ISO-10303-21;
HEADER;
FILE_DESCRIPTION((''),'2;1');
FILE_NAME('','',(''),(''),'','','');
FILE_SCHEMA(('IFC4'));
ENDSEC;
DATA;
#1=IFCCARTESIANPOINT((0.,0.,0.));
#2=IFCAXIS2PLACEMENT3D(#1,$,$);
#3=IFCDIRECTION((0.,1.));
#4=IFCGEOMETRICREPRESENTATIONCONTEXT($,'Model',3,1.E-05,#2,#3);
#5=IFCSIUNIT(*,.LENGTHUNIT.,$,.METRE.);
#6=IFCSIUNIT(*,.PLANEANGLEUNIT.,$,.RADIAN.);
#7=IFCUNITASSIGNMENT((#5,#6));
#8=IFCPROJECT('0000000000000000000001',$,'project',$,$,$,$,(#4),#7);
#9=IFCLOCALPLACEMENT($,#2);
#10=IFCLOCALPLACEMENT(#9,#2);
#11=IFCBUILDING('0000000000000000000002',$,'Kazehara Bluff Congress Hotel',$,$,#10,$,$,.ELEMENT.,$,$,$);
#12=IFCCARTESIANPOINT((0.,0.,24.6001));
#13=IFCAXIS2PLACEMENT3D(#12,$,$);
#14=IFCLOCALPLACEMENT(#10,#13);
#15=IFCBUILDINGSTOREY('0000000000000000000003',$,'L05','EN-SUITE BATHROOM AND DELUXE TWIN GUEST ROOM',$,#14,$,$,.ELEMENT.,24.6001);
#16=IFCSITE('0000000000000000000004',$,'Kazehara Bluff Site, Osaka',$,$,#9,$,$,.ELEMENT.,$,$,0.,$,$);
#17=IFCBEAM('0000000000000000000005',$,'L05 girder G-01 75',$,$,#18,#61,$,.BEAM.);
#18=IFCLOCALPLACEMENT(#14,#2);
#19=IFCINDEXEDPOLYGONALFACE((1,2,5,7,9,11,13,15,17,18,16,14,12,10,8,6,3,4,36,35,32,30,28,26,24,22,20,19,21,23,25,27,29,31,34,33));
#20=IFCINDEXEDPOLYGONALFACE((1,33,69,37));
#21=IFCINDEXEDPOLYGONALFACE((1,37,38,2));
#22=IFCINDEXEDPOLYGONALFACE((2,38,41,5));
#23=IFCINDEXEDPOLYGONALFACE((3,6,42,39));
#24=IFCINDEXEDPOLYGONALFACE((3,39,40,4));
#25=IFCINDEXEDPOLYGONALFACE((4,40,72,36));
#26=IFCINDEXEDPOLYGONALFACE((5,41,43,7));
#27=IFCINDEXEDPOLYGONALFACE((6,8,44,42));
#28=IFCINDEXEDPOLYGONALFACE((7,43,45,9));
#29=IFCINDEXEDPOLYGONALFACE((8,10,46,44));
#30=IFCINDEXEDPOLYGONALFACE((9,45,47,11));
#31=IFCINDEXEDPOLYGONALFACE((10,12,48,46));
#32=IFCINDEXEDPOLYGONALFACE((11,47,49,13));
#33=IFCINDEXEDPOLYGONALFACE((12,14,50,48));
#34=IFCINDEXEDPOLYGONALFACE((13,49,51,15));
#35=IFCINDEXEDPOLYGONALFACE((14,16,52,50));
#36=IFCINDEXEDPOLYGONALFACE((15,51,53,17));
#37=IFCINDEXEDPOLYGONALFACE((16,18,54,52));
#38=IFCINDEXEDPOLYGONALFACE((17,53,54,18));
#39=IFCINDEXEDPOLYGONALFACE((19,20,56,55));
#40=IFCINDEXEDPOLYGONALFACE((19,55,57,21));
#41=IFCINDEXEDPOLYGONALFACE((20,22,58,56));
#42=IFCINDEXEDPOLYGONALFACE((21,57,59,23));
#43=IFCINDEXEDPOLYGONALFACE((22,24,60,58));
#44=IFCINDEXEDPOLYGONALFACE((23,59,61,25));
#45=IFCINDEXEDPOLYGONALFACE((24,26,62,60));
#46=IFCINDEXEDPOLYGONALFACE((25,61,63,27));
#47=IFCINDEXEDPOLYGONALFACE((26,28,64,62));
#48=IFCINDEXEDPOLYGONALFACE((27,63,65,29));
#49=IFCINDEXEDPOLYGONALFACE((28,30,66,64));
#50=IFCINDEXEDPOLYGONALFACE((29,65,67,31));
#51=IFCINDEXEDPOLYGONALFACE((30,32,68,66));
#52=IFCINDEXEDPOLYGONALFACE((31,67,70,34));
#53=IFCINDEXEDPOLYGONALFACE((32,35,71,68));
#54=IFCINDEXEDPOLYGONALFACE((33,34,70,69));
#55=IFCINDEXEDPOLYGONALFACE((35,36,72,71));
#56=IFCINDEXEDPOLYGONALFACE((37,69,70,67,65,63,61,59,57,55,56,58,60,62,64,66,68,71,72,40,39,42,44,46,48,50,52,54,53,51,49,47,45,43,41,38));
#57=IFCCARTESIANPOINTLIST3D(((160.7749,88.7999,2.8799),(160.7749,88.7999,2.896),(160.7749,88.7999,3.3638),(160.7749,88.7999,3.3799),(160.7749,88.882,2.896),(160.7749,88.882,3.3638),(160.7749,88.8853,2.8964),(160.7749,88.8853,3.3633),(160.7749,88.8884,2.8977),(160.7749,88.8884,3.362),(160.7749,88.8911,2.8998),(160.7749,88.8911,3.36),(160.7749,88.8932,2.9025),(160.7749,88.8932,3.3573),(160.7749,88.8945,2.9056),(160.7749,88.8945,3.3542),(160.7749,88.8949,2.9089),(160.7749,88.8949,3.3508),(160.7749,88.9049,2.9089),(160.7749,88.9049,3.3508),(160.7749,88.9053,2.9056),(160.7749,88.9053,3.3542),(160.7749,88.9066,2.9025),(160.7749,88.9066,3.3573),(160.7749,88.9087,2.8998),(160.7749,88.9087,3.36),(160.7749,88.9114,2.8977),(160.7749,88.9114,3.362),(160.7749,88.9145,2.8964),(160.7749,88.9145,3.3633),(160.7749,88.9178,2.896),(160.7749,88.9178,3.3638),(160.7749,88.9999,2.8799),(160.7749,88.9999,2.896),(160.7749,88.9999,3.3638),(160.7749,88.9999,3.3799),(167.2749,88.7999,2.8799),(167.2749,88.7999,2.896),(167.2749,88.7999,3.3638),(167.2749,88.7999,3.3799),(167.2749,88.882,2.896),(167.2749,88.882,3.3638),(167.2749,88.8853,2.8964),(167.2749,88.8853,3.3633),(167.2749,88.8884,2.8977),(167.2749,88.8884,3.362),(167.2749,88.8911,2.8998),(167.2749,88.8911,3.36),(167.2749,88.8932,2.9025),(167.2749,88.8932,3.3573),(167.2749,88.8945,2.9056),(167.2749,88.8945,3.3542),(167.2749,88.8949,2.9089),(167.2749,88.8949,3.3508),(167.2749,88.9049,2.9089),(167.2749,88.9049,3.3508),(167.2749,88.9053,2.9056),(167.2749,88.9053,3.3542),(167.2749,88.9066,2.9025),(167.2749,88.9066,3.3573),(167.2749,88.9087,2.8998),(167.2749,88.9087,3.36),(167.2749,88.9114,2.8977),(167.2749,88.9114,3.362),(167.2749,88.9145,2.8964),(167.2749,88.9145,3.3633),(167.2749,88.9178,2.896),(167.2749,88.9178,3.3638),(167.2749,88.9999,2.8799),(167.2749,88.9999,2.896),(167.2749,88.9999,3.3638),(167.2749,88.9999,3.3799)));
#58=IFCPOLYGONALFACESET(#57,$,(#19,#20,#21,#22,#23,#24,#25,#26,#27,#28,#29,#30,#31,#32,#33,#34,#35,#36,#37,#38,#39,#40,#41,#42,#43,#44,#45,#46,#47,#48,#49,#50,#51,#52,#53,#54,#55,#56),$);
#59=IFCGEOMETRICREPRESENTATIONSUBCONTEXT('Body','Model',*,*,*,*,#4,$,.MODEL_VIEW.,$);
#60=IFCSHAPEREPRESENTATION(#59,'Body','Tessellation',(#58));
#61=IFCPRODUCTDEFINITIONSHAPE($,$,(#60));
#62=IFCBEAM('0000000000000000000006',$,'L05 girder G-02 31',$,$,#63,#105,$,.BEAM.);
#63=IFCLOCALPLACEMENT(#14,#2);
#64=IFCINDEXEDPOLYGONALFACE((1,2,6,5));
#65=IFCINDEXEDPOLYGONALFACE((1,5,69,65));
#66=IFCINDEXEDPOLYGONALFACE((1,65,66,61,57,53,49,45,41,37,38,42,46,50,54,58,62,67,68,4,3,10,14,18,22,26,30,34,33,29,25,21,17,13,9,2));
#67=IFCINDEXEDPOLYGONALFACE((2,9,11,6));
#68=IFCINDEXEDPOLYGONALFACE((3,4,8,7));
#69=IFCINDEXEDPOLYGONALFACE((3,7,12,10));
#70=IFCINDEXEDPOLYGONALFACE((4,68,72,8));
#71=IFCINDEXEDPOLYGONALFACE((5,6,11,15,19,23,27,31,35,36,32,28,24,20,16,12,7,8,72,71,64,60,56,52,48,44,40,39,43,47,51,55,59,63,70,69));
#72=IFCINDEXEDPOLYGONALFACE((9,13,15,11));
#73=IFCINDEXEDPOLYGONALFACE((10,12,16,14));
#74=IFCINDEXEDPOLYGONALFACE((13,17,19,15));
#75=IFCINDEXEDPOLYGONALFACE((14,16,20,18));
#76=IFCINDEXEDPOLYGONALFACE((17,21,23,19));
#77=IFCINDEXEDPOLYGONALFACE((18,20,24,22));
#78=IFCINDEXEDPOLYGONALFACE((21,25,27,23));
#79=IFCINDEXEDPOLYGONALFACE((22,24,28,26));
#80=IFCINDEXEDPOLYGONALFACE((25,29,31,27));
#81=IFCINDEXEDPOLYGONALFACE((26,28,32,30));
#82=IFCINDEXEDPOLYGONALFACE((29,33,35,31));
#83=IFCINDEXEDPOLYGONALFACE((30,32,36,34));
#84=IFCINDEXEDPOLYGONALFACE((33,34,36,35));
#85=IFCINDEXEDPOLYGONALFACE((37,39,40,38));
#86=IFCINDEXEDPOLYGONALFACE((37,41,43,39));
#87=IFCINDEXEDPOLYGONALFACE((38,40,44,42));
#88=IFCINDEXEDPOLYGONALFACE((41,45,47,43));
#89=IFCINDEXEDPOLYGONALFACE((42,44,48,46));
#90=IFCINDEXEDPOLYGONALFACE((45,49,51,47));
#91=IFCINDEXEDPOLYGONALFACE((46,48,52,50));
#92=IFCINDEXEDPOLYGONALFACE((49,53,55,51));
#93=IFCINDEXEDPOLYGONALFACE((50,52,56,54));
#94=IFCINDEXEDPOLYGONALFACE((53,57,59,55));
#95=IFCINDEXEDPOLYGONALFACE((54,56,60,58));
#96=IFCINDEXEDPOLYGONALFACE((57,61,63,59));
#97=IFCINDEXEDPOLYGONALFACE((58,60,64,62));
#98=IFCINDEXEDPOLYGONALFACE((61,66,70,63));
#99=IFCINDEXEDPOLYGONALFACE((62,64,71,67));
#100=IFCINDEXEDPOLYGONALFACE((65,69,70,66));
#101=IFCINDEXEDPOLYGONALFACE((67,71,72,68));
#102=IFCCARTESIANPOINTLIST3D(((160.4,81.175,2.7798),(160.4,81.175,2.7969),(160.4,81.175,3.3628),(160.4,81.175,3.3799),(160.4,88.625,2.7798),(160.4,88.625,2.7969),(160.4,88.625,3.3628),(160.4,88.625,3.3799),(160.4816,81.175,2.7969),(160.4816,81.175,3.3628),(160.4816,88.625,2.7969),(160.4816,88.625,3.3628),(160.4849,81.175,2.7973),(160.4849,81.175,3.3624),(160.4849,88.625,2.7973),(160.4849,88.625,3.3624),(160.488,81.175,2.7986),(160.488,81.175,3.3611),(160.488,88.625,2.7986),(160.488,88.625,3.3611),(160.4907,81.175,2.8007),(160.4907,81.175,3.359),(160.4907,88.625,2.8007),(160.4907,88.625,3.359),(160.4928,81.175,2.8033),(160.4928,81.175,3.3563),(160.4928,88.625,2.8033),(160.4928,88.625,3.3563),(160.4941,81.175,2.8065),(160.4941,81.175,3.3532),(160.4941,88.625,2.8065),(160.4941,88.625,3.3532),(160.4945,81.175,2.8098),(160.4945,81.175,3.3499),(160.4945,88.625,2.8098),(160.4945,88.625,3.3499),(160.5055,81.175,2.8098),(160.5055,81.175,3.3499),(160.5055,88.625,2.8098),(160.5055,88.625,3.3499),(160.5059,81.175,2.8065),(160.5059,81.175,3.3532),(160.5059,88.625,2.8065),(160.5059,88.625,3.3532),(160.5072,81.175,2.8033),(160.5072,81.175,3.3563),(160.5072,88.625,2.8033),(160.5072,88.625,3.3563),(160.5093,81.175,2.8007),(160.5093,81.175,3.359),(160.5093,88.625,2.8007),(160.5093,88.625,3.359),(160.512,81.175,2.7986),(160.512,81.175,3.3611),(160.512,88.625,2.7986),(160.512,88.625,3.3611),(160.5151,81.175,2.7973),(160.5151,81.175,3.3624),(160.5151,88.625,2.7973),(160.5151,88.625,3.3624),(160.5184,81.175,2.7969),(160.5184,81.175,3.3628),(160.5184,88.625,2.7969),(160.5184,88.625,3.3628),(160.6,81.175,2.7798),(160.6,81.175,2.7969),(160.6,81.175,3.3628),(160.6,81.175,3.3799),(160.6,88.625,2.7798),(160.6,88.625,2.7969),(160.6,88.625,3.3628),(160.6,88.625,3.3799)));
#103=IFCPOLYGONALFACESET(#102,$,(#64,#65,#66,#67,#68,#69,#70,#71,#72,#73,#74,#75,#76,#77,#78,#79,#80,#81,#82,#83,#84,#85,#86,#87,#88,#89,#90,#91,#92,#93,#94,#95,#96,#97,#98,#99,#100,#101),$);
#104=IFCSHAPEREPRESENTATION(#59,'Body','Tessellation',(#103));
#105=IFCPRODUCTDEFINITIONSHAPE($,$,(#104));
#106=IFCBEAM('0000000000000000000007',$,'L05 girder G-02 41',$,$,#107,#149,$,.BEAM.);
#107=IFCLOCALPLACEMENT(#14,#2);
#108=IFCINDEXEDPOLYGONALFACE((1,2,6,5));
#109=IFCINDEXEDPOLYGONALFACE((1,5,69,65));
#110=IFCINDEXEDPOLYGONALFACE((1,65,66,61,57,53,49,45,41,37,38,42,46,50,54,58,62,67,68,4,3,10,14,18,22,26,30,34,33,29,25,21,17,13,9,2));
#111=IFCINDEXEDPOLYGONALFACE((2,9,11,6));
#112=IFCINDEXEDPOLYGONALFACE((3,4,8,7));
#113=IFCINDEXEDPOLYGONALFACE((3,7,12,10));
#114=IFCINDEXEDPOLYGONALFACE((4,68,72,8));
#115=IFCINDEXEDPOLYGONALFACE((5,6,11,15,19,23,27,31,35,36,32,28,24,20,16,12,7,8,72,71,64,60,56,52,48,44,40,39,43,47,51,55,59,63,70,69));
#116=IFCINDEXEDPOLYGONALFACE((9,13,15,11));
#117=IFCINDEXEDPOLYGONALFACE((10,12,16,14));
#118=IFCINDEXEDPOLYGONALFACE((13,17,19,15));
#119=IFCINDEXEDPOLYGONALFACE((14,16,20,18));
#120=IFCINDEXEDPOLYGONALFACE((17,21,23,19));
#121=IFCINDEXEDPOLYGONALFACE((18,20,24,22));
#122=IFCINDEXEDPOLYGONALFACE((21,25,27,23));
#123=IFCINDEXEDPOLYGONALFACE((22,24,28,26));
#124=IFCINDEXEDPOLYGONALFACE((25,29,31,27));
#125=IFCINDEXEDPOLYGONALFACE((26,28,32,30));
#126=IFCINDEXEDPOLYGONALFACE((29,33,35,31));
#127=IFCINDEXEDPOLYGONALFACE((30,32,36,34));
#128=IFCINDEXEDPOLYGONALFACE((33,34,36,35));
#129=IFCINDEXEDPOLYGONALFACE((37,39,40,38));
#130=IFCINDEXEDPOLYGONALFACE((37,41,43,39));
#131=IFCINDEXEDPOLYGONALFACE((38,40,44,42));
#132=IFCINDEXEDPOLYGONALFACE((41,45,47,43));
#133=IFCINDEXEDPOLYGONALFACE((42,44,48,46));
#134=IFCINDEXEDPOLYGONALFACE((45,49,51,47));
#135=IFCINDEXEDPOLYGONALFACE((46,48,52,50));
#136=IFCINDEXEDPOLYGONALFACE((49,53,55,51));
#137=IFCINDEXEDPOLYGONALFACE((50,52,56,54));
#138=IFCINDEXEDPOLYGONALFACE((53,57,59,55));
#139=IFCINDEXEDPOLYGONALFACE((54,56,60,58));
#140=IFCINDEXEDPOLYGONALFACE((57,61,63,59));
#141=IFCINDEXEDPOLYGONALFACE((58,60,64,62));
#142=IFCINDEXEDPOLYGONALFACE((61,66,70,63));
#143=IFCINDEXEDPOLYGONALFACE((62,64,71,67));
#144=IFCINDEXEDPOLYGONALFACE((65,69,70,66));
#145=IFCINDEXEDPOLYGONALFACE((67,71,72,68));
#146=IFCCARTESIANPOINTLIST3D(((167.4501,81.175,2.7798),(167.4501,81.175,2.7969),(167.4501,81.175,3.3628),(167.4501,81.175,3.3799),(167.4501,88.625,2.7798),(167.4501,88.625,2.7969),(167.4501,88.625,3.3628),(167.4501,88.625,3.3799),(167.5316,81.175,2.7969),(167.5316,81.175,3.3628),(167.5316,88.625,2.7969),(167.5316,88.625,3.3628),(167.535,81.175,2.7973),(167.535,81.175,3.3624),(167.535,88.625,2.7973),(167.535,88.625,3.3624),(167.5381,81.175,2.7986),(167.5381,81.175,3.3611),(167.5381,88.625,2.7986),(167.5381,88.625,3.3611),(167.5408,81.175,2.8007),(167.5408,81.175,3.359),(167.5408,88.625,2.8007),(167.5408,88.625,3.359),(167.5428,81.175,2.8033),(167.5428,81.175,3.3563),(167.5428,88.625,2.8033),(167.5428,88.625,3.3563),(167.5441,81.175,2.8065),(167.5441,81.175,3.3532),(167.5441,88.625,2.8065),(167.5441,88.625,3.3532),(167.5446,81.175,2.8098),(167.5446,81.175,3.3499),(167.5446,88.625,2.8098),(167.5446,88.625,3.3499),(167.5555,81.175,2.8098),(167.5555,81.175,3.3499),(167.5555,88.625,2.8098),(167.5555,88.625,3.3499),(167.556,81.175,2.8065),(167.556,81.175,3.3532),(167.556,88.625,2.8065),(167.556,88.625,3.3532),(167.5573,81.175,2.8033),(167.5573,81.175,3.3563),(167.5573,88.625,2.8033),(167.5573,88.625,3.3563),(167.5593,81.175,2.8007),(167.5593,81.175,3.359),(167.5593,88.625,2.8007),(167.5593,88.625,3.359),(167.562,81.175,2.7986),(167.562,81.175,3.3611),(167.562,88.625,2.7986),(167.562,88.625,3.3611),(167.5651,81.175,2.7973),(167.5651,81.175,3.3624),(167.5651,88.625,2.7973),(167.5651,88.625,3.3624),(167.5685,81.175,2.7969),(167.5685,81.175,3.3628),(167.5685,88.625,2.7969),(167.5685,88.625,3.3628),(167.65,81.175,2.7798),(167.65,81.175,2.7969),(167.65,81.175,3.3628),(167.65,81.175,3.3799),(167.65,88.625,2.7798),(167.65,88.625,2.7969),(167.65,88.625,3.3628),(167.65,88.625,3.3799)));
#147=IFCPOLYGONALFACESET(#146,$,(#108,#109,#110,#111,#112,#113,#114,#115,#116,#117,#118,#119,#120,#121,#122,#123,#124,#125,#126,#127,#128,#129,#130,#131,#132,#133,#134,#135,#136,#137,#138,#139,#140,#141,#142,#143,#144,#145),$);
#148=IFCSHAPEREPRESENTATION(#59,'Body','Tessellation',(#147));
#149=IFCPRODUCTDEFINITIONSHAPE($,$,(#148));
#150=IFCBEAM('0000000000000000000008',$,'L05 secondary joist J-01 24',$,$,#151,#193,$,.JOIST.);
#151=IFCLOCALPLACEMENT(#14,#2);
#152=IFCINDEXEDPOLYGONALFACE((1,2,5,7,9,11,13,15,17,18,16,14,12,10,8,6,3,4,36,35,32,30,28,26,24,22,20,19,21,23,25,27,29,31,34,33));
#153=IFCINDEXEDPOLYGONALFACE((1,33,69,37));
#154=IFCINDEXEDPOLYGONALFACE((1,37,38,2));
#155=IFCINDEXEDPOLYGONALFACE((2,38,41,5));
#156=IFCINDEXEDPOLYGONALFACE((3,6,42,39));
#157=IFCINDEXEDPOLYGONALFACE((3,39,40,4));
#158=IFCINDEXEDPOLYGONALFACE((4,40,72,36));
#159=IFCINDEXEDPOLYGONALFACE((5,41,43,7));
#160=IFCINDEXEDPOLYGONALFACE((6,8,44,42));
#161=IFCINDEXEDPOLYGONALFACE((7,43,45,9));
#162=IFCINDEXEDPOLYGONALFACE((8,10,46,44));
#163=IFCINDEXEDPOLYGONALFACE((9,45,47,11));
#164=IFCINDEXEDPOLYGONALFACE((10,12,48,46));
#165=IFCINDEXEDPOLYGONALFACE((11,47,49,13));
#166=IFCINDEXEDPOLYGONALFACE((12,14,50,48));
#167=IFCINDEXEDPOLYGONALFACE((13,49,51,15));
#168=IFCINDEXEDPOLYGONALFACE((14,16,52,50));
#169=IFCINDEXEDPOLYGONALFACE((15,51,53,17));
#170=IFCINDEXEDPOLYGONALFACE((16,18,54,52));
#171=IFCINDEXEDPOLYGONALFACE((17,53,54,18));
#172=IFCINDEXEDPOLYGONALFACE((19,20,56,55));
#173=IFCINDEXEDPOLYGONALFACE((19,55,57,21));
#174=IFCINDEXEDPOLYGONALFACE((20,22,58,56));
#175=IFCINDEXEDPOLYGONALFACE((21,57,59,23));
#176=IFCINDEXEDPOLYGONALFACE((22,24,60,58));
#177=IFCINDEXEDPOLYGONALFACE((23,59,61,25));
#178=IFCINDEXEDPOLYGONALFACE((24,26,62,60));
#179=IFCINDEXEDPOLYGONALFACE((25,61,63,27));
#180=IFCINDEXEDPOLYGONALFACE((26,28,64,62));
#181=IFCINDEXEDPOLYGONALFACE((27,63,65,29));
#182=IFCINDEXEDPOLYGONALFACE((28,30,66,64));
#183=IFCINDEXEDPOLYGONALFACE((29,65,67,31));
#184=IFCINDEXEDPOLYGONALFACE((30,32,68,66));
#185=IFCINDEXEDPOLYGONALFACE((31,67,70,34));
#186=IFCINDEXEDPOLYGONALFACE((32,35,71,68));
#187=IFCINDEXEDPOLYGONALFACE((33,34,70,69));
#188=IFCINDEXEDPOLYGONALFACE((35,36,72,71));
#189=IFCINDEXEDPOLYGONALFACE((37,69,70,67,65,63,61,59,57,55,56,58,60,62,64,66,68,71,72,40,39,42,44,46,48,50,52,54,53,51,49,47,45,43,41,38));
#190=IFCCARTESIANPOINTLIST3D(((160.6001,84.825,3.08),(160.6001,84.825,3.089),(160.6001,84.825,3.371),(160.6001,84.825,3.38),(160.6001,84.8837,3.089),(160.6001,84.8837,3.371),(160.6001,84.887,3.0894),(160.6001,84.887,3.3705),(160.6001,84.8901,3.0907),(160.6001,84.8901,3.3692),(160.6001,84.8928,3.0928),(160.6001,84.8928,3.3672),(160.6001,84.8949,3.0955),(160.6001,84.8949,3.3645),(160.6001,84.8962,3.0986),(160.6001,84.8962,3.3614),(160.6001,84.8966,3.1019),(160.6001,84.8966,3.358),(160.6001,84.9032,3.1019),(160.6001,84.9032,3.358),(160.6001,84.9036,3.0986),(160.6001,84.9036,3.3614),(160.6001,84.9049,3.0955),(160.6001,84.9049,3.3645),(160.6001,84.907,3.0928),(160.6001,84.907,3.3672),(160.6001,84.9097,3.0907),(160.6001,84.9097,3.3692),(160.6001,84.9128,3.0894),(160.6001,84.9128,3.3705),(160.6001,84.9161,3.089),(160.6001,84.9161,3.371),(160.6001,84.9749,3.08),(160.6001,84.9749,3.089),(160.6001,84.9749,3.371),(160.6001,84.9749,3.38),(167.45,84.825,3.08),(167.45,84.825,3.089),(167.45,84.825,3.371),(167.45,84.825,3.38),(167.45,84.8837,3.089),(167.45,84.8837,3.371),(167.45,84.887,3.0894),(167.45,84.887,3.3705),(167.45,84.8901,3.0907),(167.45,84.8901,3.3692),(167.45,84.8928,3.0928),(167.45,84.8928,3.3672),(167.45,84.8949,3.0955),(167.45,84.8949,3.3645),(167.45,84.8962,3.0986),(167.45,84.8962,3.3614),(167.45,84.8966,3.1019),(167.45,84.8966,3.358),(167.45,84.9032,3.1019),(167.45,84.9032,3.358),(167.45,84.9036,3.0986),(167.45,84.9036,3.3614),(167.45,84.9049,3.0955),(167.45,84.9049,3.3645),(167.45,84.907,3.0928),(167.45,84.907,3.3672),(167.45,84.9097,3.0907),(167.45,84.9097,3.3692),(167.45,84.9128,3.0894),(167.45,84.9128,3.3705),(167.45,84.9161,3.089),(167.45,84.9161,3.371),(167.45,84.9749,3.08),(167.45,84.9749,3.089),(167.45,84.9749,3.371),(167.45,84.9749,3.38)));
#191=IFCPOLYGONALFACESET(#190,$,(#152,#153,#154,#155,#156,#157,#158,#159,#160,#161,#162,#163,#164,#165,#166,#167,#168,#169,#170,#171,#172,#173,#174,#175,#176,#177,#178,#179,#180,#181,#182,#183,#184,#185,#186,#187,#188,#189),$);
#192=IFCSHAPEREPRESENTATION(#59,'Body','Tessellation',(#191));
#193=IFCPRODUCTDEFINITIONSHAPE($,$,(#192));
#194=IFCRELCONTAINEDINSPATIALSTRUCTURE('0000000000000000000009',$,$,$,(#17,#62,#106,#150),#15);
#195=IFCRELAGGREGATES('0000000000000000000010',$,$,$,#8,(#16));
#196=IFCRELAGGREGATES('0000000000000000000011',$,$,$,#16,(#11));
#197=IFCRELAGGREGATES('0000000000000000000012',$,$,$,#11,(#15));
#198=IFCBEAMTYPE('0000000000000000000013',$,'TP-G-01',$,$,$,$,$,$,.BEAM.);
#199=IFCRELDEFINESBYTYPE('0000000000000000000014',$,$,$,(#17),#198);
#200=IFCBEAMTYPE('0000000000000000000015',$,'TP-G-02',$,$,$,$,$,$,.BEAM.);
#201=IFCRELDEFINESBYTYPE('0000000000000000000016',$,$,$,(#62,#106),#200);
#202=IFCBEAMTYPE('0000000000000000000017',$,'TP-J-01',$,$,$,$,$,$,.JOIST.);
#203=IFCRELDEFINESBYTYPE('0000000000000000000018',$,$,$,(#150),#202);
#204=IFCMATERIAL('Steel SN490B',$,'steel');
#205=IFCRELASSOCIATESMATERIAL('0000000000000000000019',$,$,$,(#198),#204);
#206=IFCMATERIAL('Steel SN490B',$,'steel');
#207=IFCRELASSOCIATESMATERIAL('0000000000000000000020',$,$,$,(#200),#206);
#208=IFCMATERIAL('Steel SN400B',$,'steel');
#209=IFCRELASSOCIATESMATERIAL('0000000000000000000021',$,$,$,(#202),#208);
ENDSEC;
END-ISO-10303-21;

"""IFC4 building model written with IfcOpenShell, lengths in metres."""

from ifc_helpers import new_model, si_unit, direction, frame, origin, origin_2d, place, context, subcontext, project, spatial, i_section, extrude, material, material_profile, profile_set, type_object, element, save


model = new_model("IFC4")

# Units and contexts
model_context = context("Model", 3, precision=1e-05, world=origin(), true_north=direction((0.0, 1.0)))
body_context = subcontext(model_context, "Body", "Model", "MODEL_VIEW")
ifc_project = project(units=[si_unit("LENGTHUNIT", "METRE"), si_unit("PLANEANGLEUNIT", "RADIAN")], contexts=[model_context])

# Site, building, storey
site_placement = place(None, origin())
site = spatial("IfcSite", under=ifc_project, at=site_placement, Name="Kazehara Bluff Site, Osaka", CompositionType="ELEMENT", RefElevation=0.0)
building_placement = place(site_placement, origin())
building = spatial("IfcBuilding", under=site, at=building_placement, Name="Kazehara Bluff Congress Hotel", CompositionType="ELEMENT")
storey_placement = place(building_placement, frame((0.0, 0.0, 24.6001)))
storey = spatial("IfcBuildingStorey", under=building, at=storey_placement, Name="L05", Description="EN-SUITE BATHROOM AND DELUXE TWIN GUEST ROOM", CompositionType="ELEMENT", Elevation=24.6001)

# Beams
ifc_material_1 = material(Name="Steel SN490B", Category="steel")
ifc_material_profile_1 = material_profile(ifc_material_1, i_section(OverallWidth=0.2, OverallDepth=0.5, WebThickness=0.01, FlangeThickness=0.0161, FilletRadius=0.0129, at=origin_2d()))
ifc_profile_set_1 = profile_set([ifc_material_profile_1], Name="Steel SN490B")
beam_type_1 = type_object("IfcBeamType", Name="TP-G-01", PredefinedType="BEAM", material=ifc_profile_set_1)
beam_1_placement = place(storey_placement, frame((160.7749, 88.8999, 3.1299), z_axis=(1.0, 0.0, 0.0), x_axis=(0.0, 1.0, 0.0)))
element("IfcBeam", 1, at=beam_1_placement, inside=storey, type_object=beam_type_1, Name="L05 girder G-01 75", PredefinedType="BEAM", context=body_context, shape_type="SweptSolid", body=[
    extrude(i_section(OverallWidth=0.2, OverallDepth=0.5, WebThickness=0.01, FlangeThickness=0.0161, FilletRadius=0.0129, at=origin_2d()), origin(), (0.0, 0.0, 1.0), 6.5),
])
ifc_material_2 = material(Name="Steel SN490B", Category="steel")
ifc_material_profile_2 = material_profile(ifc_material_2, i_section(OverallWidth=0.2, OverallDepth=0.6001, WebThickness=0.011, FlangeThickness=0.0171, FilletRadius=0.0129, at=origin_2d()))
ifc_profile_set_2 = profile_set([ifc_material_profile_2], Name="Steel SN490B")
beam_type_2 = type_object("IfcBeamType", Name="TP-G-02", PredefinedType="BEAM", material=ifc_profile_set_2)
for number, where, z_axis, x_axis, name in (
    (2, (160.5, 81.175, 3.0798), (0.0, 1.0, 0.0), (-1.0, 0.0, 0.0), "L05 girder G-02 31"),
    (3, (167.55, 81.175, 3.0798), (0.0, 1.0, 0.0), (-1.0, 0.0, 0.0), "L05 girder G-02 41"),
):
    element("IfcBeam", number, at=place(storey_placement, frame(where, z_axis=z_axis, x_axis=x_axis)), inside=storey, type_object=beam_type_2, Name=name, PredefinedType="BEAM", context=body_context, shape_type="SweptSolid", body=[
        extrude(i_section(OverallWidth=0.2, OverallDepth=0.6001, WebThickness=0.011, FlangeThickness=0.0171, FilletRadius=0.0129, at=origin_2d()), origin(), (0.0, 0.0, 1.0), 7.45),
    ])
ifc_material_3 = material(Name="Steel SN400B", Category="steel")
ifc_material_profile_3 = material_profile(ifc_material_3, i_section(OverallWidth=0.1499, OverallDepth=0.3, WebThickness=0.0066, FlangeThickness=0.009, FilletRadius=0.0129, at=origin_2d()))
ifc_profile_set_3 = profile_set([ifc_material_profile_3], Name="Steel SN400B")
beam_type_3 = type_object("IfcBeamType", Name="TP-J-01", PredefinedType="JOIST", material=ifc_profile_set_3)
beam_2_placement = place(storey_placement, frame((160.6001, 84.8999, 3.23), z_axis=(1.0, 0.0, 0.0), x_axis=(0.0, 1.0, 0.0)))
element("IfcBeam", 4, at=beam_2_placement, inside=storey, type_object=beam_type_3, Name="L05 secondary joist J-01 24", PredefinedType="JOIST", context=body_context, shape_type="SweptSolid", body=[
    extrude(i_section(OverallWidth=0.1499, OverallDepth=0.3, WebThickness=0.0066, FlangeThickness=0.009, FilletRadius=0.0129, at=origin_2d()), origin(), (0.0, 0.0, 1.0), 6.8499),
])

save(model, "model.ifc")
